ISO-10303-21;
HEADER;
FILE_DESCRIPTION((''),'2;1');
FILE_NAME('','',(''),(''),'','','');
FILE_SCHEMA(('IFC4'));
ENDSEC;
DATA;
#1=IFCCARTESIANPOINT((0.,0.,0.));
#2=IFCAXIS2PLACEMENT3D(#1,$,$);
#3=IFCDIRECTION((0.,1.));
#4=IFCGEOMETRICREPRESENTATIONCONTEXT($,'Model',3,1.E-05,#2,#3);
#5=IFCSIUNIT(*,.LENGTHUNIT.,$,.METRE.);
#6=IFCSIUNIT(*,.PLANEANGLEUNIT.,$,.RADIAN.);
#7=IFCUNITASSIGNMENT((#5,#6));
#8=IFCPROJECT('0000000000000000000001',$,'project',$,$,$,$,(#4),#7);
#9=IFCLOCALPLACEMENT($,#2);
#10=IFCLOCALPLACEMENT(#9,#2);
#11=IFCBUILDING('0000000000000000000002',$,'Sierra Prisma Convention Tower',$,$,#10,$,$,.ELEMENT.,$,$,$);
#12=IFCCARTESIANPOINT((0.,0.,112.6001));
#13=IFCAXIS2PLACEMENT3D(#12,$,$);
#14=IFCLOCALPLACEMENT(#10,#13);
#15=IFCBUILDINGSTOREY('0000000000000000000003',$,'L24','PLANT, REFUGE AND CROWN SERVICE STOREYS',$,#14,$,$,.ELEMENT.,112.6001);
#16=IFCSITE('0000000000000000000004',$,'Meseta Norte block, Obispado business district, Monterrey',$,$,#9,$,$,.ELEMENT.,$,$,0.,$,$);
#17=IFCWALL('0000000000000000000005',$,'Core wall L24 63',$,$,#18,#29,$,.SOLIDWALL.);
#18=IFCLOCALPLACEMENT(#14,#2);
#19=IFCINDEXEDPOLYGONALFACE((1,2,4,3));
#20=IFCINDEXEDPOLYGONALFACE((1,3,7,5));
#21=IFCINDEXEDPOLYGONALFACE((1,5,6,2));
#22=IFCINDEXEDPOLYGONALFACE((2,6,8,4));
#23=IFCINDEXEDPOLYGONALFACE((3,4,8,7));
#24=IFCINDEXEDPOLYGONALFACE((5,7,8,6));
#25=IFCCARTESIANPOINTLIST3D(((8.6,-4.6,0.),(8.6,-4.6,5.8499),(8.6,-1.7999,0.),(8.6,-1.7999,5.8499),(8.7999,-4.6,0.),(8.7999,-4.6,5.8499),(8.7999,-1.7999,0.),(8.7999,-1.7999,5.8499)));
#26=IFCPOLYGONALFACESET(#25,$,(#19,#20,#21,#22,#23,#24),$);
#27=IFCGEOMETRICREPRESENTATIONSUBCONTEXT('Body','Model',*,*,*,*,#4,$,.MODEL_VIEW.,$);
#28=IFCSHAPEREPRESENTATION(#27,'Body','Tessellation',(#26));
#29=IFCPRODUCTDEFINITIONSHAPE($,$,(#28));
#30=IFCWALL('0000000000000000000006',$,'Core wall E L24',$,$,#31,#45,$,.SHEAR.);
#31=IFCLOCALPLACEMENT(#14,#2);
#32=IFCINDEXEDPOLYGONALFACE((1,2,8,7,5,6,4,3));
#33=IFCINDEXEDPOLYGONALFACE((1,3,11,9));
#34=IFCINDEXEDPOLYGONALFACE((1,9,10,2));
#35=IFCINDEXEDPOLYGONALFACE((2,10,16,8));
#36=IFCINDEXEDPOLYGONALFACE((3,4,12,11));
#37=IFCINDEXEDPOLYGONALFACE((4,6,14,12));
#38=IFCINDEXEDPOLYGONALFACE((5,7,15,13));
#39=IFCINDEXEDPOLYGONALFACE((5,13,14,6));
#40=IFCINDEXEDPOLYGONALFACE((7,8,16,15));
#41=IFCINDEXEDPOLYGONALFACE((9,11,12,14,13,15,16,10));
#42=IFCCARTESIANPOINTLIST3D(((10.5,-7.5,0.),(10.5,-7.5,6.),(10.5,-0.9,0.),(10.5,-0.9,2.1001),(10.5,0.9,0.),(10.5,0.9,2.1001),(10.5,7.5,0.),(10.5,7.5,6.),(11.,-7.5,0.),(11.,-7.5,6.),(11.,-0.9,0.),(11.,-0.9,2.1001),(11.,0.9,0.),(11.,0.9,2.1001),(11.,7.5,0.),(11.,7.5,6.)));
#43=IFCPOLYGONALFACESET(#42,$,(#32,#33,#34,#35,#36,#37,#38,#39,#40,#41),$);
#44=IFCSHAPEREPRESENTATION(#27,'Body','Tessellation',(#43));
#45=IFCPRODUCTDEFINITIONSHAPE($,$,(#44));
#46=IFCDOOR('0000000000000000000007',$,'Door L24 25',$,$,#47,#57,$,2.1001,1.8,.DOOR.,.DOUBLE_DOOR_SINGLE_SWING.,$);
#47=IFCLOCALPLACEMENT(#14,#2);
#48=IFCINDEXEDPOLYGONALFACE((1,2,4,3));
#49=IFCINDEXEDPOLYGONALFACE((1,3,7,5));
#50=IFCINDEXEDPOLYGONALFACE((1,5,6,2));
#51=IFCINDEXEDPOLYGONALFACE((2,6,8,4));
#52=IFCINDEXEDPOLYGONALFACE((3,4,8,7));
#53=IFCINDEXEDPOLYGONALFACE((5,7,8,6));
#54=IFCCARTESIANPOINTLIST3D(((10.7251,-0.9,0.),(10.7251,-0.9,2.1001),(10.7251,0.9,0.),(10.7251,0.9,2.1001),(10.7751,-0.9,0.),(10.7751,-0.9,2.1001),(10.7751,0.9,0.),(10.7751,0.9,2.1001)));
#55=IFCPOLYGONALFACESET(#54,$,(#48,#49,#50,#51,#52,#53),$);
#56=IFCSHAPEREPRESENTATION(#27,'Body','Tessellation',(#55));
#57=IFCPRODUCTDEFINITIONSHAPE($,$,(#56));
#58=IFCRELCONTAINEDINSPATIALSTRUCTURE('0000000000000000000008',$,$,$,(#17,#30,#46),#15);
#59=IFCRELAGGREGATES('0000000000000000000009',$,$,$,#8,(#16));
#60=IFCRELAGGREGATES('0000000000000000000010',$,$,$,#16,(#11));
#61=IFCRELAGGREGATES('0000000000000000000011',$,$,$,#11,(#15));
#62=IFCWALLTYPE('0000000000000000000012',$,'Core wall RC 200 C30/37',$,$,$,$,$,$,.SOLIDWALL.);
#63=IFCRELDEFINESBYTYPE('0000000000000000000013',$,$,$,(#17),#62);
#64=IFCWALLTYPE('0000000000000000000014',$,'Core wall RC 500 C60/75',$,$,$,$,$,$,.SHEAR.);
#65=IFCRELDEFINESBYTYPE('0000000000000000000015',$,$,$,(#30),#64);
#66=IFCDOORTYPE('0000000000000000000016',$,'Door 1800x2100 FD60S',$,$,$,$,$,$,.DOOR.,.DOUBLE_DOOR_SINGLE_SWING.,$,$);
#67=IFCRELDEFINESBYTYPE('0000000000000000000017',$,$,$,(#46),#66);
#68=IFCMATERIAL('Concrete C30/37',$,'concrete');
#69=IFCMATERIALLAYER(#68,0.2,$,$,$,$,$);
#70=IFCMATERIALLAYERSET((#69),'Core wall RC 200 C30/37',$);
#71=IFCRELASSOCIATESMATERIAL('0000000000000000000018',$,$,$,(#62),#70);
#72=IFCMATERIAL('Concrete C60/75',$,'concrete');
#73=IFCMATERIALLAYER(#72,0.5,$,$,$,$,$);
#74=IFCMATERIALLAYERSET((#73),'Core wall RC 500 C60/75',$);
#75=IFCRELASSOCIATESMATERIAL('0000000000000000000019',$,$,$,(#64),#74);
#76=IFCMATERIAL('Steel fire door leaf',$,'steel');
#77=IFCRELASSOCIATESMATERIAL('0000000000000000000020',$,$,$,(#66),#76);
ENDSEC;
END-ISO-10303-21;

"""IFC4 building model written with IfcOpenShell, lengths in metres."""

from ifc_helpers import new_model, si_unit, direction, frame, frame_2d, origin, place, context, subcontext, project, spatial, rectangle, extrude, material, layer, layer_set, type_object, element, fill, save


model = new_model("IFC4")

# Units and contexts
model_context = context("Model", 3, precision=1e-05, world=origin(), true_north=direction((0.0, 1.0)))
body_context = subcontext(model_context, "Body", "Model", "MODEL_VIEW")
ifc_project = project(units=[si_unit("LENGTHUNIT", "METRE"), si_unit("PLANEANGLEUNIT", "RADIAN")], contexts=[model_context])

# Site, building, storey
site_placement = place(None, origin())
site = spatial("IfcSite", under=ifc_project, at=site_placement, Name="Meseta Norte block, Obispado business district, Monterrey", CompositionType="ELEMENT", RefElevation=0.0)
building_placement = place(site_placement, origin())
building = spatial("IfcBuilding", under=site, at=building_placement, Name="Sierra Prisma Convention Tower", CompositionType="ELEMENT")
storey_placement = place(building_placement, frame((0.0, 0.0, 112.6001)))
storey = spatial("IfcBuildingStorey", under=building, at=storey_placement, Name="L24", Description="PLANT, REFUGE AND CROWN SERVICE STOREYS", CompositionType="ELEMENT", Elevation=112.6001)

# Shared definitions
ifc_material_1 = material(Name="Concrete C30/37", Category="concrete")
ifc_layer_1 = layer(ifc_material_1, 0.2)
ifc_layer_set_1 = layer_set([ifc_layer_1], Name="Core wall RC 200 C30/37")
wall_type_1 = type_object("IfcWallType", Name="Core wall RC 200 C30/37", PredefinedType="SOLIDWALL", material=ifc_layer_set_1)

# Wall
wall_1_placement = place(storey_placement, frame((8.7, -1.8, 0.0), z_axis=(0.0, 0.0, 1.0), x_axis=(0.0, -1.0, 0.0)))
element("IfcWall", 1, at=wall_1_placement, inside=storey, type_object=wall_type_1, Name="Core wall L24 63", PredefinedType="SOLIDWALL", context=body_context, shape_type="SweptSolid", body=[
    extrude(rectangle(XDim=2.8, YDim=0.2, at=frame_2d((1.3999, 0.0))), origin(), (0.0, 0.0, 1.0), 5.8499),
])

# Wall, opening, door
ifc_material_2 = material(Name="Concrete C60/75", Category="concrete")
ifc_layer_2 = layer(ifc_material_2, 0.5)
ifc_layer_set_2 = layer_set([ifc_layer_2], Name="Core wall RC 500 C60/75")
wall_type_2 = type_object("IfcWallType", Name="Core wall RC 500 C60/75", PredefinedType="SHEAR", material=ifc_layer_set_2)
wall_2_placement = place(storey_placement, frame((10.75, -7.5, 0.0), z_axis=(0.0, 0.0, 1.0), x_axis=(0.0, 1.0, 0.0)))
wall_2 = element("IfcWall", 2, at=wall_2_placement, inside=storey, type_object=wall_type_2, Name="Core wall E L24", PredefinedType="SHEAR", context=body_context, shape_type="SweptSolid", body=[
    extrude(rectangle(XDim=15.0, YDim=0.5, at=frame_2d((7.5, 0.0))), origin(), (0.0, 0.0, 1.0), 6.0),
])
opening_1_placement = place(wall_2_placement, frame((6.6001, 0.0, 0.0)))
opening_1 = element("IfcOpeningElement", 3, at=opening_1_placement, cuts=wall_2, PredefinedType="OPENING", context=body_context, shape_type="SweptSolid", body=[
    extrude(rectangle(XDim=1.8, YDim=2.1001, at=frame_2d((0.8999, 1.05))), frame((0.0, 0.25, 0.0), z_axis=(0.0, -1.0, 0.0), x_axis=(1.0, 0.0, 0.0)), (0.0, 0.0, 1.0), 0.5),
])
ifc_material_3 = material(Name="Steel fire door leaf", Category="steel")
door_type_1 = type_object("IfcDoorType", Name="Door 1800x2100 FD60S", OperationType="DOUBLE_DOOR_SINGLE_SWING", PredefinedType="DOOR", material=ifc_material_3)
door_1_placement = place(opening_1_placement, origin())
door_1 = element("IfcDoor", 4, at=door_1_placement, inside=storey, type_object=door_type_1, Name="Door L24 25", OperationType="DOUBLE_DOOR_SINGLE_SWING", OverallHeight=2.1001, OverallWidth=1.8, PredefinedType="DOOR", context=body_context, shape_type="SweptSolid", body=[
    extrude(rectangle(XDim=1.8, YDim=2.1001, at=frame_2d((0.8999, 1.05))), frame((0.0, 0.0249, 0.0), z_axis=(0.0, -1.0, 0.0), x_axis=(1.0, 0.0, 0.0)), (0.0, 0.0, 1.0), 0.05),
])
fill(opening_1, door_1)

save(model, "model.ifc")
